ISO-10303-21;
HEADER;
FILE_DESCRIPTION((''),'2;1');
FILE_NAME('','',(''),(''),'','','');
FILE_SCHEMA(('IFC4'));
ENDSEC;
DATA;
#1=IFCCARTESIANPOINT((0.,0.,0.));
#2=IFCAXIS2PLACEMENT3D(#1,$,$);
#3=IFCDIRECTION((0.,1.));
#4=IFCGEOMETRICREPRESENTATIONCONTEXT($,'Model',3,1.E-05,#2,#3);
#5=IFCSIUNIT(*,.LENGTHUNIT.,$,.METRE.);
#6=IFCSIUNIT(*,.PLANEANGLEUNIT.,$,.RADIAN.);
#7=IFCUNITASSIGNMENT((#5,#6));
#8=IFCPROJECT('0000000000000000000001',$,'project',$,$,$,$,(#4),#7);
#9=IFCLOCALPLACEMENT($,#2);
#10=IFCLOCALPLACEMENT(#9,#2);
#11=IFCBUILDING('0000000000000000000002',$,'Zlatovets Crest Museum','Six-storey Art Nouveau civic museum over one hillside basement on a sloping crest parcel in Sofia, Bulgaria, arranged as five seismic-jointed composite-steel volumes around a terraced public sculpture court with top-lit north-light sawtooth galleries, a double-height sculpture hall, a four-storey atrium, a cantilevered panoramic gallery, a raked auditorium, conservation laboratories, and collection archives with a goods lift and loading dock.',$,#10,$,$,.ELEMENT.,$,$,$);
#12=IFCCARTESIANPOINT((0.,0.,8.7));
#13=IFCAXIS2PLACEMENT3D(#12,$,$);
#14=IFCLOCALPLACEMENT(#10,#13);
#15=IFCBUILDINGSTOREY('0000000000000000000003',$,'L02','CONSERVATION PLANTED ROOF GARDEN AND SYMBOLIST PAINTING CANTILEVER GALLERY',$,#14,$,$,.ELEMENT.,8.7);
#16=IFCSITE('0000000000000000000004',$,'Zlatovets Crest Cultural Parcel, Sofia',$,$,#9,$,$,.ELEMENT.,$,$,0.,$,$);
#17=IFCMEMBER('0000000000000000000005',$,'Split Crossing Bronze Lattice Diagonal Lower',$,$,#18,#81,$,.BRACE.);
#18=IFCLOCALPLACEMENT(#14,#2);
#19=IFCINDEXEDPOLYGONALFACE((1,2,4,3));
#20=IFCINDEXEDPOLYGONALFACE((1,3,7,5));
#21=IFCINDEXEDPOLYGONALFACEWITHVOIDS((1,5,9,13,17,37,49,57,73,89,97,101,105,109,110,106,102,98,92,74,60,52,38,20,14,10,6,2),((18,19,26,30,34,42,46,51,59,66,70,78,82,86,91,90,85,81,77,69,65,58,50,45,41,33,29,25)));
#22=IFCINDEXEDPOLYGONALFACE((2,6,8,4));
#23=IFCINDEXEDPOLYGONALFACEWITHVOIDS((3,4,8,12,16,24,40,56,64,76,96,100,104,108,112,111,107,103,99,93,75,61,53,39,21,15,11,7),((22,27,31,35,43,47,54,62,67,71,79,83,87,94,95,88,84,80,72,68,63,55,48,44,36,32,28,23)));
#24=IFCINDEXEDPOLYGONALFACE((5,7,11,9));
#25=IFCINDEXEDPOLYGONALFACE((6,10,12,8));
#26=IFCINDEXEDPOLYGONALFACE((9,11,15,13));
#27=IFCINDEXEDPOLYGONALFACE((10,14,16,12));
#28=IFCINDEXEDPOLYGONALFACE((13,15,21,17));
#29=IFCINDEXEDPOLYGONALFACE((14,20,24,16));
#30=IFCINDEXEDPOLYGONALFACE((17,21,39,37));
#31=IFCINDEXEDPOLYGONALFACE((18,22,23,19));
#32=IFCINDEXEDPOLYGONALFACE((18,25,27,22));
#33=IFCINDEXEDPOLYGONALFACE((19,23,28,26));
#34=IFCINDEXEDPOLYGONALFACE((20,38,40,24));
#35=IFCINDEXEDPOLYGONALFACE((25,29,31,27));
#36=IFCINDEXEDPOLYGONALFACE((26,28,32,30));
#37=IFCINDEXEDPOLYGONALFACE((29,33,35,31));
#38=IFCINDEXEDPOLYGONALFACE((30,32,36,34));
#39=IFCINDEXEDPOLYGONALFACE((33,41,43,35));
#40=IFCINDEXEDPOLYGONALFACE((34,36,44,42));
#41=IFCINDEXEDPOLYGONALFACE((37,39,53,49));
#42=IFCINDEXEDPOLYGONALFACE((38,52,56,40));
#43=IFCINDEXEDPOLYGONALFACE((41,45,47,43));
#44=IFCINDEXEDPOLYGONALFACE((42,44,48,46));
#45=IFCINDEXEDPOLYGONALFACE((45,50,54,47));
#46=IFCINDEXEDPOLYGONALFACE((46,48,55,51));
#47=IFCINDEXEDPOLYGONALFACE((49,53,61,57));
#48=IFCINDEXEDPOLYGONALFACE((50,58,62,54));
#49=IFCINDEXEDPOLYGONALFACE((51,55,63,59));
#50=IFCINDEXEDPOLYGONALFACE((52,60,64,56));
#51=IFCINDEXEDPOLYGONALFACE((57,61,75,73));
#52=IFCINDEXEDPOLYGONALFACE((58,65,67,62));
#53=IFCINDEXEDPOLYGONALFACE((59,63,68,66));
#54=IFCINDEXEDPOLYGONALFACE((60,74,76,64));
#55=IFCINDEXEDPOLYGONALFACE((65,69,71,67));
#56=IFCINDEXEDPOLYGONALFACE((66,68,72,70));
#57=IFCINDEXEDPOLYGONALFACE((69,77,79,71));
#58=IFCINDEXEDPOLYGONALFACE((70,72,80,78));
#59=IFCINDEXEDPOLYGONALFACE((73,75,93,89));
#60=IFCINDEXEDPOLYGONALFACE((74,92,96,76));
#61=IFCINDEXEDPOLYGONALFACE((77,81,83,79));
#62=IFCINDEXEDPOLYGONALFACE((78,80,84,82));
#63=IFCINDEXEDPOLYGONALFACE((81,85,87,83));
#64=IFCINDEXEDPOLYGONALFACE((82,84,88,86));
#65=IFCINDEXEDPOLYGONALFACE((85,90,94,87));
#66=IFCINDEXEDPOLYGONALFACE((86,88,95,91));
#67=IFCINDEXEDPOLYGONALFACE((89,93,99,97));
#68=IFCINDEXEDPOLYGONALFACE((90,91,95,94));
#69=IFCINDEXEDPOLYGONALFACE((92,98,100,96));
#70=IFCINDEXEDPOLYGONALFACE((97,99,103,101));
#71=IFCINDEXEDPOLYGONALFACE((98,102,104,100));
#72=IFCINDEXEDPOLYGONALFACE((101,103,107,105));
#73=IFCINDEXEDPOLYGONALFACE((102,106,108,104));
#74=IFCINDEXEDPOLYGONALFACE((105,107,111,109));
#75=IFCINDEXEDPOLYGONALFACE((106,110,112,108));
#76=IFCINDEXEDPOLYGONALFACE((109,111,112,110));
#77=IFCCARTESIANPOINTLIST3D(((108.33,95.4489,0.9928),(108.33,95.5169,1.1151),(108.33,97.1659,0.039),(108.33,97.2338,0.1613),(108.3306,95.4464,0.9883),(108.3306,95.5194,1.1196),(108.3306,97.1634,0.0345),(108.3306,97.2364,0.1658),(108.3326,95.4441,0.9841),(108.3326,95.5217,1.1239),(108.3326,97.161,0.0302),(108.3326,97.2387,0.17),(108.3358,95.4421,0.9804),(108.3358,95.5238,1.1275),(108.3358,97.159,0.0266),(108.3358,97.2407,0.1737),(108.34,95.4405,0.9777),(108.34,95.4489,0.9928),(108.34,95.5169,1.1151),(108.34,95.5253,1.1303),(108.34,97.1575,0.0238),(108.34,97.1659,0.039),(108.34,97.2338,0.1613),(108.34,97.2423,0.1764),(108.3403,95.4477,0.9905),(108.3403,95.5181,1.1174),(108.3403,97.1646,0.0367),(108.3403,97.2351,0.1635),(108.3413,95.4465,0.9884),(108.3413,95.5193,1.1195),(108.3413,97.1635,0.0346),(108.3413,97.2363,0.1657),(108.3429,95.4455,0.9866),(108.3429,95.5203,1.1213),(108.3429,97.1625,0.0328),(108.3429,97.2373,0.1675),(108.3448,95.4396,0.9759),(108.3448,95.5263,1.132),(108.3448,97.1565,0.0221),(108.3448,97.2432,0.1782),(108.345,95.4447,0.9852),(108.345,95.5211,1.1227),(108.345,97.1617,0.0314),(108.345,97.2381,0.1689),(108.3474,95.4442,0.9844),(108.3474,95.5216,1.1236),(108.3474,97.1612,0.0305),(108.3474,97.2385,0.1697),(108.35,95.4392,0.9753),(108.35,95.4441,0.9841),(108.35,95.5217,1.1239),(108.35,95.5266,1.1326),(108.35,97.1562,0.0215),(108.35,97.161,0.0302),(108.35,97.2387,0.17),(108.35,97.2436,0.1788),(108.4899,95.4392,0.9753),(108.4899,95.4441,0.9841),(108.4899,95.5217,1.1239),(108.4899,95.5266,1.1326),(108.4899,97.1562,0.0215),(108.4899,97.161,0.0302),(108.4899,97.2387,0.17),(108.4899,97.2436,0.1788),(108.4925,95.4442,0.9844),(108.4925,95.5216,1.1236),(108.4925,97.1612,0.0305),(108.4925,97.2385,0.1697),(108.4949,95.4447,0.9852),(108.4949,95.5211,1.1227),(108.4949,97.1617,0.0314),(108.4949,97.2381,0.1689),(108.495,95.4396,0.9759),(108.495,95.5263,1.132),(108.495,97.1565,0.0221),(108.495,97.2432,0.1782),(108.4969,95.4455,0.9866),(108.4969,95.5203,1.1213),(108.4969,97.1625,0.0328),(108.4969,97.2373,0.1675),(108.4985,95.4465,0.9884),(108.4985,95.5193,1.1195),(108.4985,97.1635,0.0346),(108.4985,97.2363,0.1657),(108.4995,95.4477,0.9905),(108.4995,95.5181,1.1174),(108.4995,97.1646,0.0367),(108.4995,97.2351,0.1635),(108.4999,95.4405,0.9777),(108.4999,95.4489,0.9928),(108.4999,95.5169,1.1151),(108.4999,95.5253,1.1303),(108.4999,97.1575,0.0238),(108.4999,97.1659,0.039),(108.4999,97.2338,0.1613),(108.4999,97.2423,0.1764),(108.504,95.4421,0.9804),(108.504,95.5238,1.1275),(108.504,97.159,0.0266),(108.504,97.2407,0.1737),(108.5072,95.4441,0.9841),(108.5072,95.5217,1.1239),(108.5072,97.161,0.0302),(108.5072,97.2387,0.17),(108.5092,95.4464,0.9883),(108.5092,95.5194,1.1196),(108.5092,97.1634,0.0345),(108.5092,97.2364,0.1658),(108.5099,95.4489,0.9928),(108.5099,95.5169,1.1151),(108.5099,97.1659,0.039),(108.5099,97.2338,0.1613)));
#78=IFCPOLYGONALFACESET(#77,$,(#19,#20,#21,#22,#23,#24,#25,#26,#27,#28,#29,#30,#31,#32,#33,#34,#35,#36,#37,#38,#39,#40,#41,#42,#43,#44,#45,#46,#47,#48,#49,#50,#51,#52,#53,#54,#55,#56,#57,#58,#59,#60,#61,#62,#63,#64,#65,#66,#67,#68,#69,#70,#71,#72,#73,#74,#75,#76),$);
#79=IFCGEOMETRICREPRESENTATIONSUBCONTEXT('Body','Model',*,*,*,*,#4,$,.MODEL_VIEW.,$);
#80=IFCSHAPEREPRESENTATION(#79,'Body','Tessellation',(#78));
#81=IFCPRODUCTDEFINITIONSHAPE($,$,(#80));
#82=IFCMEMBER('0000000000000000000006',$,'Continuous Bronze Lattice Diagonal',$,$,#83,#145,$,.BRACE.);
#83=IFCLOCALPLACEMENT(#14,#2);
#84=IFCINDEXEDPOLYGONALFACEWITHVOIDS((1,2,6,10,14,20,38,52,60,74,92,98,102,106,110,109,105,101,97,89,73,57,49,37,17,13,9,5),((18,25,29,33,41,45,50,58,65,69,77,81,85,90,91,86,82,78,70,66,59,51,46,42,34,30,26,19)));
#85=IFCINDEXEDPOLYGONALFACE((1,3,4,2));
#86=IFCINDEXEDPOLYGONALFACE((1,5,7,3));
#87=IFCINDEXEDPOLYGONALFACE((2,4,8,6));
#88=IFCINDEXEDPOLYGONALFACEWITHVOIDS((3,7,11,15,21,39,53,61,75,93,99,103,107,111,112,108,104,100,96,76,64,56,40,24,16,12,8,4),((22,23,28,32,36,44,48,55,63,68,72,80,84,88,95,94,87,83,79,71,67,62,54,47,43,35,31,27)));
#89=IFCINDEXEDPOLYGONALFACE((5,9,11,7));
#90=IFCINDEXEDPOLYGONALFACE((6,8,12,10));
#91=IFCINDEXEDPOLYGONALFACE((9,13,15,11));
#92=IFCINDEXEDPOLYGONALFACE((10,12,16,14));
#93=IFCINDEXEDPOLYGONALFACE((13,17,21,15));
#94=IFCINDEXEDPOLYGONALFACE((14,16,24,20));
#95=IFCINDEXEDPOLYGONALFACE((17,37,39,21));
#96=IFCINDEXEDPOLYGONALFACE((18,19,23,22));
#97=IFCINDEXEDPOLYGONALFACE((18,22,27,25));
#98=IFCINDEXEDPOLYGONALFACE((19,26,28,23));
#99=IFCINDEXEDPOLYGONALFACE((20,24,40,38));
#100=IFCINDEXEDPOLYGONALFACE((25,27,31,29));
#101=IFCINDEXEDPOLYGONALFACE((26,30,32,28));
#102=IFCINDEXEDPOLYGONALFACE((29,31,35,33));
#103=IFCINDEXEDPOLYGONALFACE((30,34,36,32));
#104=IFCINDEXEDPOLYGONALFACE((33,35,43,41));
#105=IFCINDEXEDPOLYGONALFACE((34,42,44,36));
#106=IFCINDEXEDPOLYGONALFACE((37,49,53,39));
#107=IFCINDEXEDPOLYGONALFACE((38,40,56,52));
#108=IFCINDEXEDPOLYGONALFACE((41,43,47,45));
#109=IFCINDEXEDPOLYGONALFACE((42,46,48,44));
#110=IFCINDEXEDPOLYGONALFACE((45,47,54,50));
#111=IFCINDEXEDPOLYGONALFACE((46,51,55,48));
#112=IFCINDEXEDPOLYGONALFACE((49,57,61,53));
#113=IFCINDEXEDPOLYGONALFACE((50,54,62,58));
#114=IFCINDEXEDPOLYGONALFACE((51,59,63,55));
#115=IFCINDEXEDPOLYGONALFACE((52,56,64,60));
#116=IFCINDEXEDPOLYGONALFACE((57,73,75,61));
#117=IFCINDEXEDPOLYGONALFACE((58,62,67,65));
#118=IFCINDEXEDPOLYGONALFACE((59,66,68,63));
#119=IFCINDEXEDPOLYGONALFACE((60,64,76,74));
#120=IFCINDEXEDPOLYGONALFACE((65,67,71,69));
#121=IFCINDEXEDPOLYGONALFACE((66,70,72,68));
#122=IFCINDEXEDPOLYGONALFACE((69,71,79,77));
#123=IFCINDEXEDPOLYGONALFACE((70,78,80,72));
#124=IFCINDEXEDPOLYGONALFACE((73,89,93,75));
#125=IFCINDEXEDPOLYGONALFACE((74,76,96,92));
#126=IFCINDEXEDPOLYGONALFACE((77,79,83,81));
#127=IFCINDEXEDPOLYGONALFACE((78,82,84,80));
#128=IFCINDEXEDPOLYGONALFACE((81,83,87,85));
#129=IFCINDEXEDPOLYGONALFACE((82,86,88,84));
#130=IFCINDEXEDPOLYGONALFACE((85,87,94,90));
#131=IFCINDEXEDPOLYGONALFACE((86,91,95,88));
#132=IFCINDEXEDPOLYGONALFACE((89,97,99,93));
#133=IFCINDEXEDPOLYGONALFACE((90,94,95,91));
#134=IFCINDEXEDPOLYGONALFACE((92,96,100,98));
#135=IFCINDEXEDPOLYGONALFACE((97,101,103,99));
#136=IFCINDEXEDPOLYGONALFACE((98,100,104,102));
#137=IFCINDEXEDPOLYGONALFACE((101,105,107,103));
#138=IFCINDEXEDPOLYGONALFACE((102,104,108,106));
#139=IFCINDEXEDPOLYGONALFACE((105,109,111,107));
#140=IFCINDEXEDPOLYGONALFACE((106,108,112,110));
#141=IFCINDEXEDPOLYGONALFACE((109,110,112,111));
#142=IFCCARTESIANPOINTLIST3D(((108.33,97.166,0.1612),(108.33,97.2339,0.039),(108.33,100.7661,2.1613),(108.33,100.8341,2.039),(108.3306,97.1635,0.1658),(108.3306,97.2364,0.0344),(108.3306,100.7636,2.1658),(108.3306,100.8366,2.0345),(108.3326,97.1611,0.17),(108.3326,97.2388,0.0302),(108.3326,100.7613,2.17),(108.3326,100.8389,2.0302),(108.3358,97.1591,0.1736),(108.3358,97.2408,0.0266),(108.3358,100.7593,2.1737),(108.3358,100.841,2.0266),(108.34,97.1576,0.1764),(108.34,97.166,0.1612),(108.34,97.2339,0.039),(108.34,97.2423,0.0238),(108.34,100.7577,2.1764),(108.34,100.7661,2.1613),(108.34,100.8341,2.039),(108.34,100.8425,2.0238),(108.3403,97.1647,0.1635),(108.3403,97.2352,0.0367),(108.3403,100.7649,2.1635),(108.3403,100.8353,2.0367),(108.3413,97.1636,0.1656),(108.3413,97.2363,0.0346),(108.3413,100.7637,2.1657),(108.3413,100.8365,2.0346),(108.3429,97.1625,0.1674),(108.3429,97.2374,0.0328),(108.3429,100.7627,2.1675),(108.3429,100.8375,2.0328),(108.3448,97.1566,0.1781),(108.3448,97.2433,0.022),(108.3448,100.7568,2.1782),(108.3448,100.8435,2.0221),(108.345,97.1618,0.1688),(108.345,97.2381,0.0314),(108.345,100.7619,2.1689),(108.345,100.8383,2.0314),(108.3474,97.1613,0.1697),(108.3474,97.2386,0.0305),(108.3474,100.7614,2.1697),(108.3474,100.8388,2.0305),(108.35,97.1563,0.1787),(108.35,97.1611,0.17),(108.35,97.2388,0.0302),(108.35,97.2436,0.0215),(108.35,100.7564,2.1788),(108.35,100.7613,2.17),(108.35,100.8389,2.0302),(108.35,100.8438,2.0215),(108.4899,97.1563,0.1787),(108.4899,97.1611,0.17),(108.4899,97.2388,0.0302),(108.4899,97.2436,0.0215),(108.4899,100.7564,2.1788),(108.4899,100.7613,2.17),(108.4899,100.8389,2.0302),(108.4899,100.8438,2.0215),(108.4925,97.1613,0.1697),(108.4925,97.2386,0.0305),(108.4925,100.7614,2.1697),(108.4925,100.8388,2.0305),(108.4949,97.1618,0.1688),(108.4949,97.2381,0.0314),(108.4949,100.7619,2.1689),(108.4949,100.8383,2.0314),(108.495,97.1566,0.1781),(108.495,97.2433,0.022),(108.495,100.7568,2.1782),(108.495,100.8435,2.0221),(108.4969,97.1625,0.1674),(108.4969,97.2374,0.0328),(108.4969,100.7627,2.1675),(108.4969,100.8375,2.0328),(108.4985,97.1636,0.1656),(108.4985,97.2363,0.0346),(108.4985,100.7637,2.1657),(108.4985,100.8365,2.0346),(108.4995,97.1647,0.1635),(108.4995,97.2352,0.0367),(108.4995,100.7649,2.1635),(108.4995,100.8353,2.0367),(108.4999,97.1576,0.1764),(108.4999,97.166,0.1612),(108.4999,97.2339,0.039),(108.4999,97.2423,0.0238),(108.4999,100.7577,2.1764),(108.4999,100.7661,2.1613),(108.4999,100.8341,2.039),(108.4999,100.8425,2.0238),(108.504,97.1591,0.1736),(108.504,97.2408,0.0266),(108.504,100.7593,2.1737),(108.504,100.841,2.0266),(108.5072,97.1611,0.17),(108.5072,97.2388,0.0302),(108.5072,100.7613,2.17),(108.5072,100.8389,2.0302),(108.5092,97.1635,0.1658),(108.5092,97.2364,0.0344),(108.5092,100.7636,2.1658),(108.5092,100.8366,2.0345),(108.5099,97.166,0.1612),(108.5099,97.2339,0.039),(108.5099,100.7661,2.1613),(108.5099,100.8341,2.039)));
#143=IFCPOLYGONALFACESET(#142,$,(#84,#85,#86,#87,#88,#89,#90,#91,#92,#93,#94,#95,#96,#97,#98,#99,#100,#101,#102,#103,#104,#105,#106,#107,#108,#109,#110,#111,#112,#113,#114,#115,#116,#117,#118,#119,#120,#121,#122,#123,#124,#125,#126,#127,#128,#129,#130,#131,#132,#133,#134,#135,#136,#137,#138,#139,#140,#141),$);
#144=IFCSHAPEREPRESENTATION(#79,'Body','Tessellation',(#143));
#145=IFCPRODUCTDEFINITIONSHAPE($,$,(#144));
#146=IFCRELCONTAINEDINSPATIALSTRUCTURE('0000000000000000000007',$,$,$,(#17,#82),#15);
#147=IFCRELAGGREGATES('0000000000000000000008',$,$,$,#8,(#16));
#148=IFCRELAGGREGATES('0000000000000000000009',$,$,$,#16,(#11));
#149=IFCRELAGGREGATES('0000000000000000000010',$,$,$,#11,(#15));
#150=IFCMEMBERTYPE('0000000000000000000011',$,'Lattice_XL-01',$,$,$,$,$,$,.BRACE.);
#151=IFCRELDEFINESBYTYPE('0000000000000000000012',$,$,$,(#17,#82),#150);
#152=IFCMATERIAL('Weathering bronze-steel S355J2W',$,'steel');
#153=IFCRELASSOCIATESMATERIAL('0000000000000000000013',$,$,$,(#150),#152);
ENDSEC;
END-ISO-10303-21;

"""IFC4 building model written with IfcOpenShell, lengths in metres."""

from ifc_helpers import new_model, si_unit, direction, frame, origin, origin_2d, place, context, subcontext, project, spatial, hollow_rectangle, extrude, material, material_profile, profile_set, type_object, element, save


model = new_model("IFC4")

# Units and contexts
model_context = context("Model", 3, precision=1e-05, world=origin(), true_north=direction((0.0, 1.0)))
body_context = subcontext(model_context, "Body", "Model", "MODEL_VIEW")
ifc_project = project(units=[si_unit("LENGTHUNIT", "METRE"), si_unit("PLANEANGLEUNIT", "RADIAN")], contexts=[model_context])

# Site, building, storey
site_placement = place(None, origin())
site = spatial("IfcSite", under=ifc_project, at=site_placement, Name="Zlatovets Crest Cultural Parcel, Sofia", CompositionType="ELEMENT", RefElevation=0.0)
building_placement = place(site_placement, origin())
building = spatial("IfcBuilding", under=site, at=building_placement, Name="Zlatovets Crest Museum", Description="Six-storey Art Nouveau civic museum over one hillside basement on a sloping crest parcel in Sofia, Bulgaria, arranged as five seismic-jointed composite-steel volumes around a terraced public sculpture court with top-lit north-light sawtooth galleries, a double-height sculpture hall, a four-storey atrium, a cantilevered panoramic gallery, a raked auditorium, conservation laboratories, and collection archives with a goods lift and loading dock.", CompositionType="ELEMENT")
storey_placement = place(building_placement, frame((0.0, 0.0, 8.7)))
storey = spatial("IfcBuildingStorey", under=building, at=storey_placement, Name="L02", Description="CONSERVATION PLANTED ROOF GARDEN AND SYMBOLIST PAINTING CANTILEVER GALLERY", CompositionType="ELEMENT", Elevation=8.7)

# Members
ifc_material_1 = material(Name="Weathering bronze-steel S355J2W", Category="steel")
ifc_material_profile_1 = material_profile(ifc_material_1, hollow_rectangle(XDim=0.1799, YDim=0.1799, WallThickness=0.01, InnerFilletRadius=0.01, OuterFilletRadius=0.02, at=origin_2d()), Name="SHS 180x180x10.0")
ifc_profile_set_1 = profile_set([ifc_material_profile_1], Name="Weathering bronze-steel S355J2W")
member_type_1 = type_object("IfcMemberType", Name="Lattice_XL-01", PredefinedType="BRACE", material=ifc_profile_set_1)
member_1_placement = place(storey_placement, frame((108.4199, 95.4829, 1.054), z_axis=(0.0, 0.874169, -0.485622), x_axis=(-1.0, 0.0, 0.0)))
element("IfcMember", 1, at=member_1_placement, inside=storey, type_object=member_type_1, Name="Split Crossing Bronze Lattice Diagonal Lower", PredefinedType="BRACE", context=body_context, shape_type="SweptSolid", body=[
    extrude(hollow_rectangle(XDim=0.1799, YDim=0.1799, WallThickness=0.01, InnerFilletRadius=0.01, OuterFilletRadius=0.02, at=origin_2d()), origin(), (0.0, 0.0, 1.0), 1.9641),
])
member_2_placement = place(storey_placement, frame((108.4199, 97.2, 0.1001), z_axis=(0.0, 0.874163, 0.485633), x_axis=(-1.0, 0.0, 0.0)))
element("IfcMember", 2, at=member_2_placement, inside=storey, type_object=member_type_1, Name="Continuous Bronze Lattice Diagonal", PredefinedType="BRACE", context=body_context, shape_type="SweptSolid", body=[
    extrude(hollow_rectangle(XDim=0.1799, YDim=0.1799, WallThickness=0.01, InnerFilletRadius=0.01, OuterFilletRadius=0.02, at=origin_2d()), origin(), (0.0, 0.0, 1.0), 4.1184),
])

save(model, "model.ifc")
